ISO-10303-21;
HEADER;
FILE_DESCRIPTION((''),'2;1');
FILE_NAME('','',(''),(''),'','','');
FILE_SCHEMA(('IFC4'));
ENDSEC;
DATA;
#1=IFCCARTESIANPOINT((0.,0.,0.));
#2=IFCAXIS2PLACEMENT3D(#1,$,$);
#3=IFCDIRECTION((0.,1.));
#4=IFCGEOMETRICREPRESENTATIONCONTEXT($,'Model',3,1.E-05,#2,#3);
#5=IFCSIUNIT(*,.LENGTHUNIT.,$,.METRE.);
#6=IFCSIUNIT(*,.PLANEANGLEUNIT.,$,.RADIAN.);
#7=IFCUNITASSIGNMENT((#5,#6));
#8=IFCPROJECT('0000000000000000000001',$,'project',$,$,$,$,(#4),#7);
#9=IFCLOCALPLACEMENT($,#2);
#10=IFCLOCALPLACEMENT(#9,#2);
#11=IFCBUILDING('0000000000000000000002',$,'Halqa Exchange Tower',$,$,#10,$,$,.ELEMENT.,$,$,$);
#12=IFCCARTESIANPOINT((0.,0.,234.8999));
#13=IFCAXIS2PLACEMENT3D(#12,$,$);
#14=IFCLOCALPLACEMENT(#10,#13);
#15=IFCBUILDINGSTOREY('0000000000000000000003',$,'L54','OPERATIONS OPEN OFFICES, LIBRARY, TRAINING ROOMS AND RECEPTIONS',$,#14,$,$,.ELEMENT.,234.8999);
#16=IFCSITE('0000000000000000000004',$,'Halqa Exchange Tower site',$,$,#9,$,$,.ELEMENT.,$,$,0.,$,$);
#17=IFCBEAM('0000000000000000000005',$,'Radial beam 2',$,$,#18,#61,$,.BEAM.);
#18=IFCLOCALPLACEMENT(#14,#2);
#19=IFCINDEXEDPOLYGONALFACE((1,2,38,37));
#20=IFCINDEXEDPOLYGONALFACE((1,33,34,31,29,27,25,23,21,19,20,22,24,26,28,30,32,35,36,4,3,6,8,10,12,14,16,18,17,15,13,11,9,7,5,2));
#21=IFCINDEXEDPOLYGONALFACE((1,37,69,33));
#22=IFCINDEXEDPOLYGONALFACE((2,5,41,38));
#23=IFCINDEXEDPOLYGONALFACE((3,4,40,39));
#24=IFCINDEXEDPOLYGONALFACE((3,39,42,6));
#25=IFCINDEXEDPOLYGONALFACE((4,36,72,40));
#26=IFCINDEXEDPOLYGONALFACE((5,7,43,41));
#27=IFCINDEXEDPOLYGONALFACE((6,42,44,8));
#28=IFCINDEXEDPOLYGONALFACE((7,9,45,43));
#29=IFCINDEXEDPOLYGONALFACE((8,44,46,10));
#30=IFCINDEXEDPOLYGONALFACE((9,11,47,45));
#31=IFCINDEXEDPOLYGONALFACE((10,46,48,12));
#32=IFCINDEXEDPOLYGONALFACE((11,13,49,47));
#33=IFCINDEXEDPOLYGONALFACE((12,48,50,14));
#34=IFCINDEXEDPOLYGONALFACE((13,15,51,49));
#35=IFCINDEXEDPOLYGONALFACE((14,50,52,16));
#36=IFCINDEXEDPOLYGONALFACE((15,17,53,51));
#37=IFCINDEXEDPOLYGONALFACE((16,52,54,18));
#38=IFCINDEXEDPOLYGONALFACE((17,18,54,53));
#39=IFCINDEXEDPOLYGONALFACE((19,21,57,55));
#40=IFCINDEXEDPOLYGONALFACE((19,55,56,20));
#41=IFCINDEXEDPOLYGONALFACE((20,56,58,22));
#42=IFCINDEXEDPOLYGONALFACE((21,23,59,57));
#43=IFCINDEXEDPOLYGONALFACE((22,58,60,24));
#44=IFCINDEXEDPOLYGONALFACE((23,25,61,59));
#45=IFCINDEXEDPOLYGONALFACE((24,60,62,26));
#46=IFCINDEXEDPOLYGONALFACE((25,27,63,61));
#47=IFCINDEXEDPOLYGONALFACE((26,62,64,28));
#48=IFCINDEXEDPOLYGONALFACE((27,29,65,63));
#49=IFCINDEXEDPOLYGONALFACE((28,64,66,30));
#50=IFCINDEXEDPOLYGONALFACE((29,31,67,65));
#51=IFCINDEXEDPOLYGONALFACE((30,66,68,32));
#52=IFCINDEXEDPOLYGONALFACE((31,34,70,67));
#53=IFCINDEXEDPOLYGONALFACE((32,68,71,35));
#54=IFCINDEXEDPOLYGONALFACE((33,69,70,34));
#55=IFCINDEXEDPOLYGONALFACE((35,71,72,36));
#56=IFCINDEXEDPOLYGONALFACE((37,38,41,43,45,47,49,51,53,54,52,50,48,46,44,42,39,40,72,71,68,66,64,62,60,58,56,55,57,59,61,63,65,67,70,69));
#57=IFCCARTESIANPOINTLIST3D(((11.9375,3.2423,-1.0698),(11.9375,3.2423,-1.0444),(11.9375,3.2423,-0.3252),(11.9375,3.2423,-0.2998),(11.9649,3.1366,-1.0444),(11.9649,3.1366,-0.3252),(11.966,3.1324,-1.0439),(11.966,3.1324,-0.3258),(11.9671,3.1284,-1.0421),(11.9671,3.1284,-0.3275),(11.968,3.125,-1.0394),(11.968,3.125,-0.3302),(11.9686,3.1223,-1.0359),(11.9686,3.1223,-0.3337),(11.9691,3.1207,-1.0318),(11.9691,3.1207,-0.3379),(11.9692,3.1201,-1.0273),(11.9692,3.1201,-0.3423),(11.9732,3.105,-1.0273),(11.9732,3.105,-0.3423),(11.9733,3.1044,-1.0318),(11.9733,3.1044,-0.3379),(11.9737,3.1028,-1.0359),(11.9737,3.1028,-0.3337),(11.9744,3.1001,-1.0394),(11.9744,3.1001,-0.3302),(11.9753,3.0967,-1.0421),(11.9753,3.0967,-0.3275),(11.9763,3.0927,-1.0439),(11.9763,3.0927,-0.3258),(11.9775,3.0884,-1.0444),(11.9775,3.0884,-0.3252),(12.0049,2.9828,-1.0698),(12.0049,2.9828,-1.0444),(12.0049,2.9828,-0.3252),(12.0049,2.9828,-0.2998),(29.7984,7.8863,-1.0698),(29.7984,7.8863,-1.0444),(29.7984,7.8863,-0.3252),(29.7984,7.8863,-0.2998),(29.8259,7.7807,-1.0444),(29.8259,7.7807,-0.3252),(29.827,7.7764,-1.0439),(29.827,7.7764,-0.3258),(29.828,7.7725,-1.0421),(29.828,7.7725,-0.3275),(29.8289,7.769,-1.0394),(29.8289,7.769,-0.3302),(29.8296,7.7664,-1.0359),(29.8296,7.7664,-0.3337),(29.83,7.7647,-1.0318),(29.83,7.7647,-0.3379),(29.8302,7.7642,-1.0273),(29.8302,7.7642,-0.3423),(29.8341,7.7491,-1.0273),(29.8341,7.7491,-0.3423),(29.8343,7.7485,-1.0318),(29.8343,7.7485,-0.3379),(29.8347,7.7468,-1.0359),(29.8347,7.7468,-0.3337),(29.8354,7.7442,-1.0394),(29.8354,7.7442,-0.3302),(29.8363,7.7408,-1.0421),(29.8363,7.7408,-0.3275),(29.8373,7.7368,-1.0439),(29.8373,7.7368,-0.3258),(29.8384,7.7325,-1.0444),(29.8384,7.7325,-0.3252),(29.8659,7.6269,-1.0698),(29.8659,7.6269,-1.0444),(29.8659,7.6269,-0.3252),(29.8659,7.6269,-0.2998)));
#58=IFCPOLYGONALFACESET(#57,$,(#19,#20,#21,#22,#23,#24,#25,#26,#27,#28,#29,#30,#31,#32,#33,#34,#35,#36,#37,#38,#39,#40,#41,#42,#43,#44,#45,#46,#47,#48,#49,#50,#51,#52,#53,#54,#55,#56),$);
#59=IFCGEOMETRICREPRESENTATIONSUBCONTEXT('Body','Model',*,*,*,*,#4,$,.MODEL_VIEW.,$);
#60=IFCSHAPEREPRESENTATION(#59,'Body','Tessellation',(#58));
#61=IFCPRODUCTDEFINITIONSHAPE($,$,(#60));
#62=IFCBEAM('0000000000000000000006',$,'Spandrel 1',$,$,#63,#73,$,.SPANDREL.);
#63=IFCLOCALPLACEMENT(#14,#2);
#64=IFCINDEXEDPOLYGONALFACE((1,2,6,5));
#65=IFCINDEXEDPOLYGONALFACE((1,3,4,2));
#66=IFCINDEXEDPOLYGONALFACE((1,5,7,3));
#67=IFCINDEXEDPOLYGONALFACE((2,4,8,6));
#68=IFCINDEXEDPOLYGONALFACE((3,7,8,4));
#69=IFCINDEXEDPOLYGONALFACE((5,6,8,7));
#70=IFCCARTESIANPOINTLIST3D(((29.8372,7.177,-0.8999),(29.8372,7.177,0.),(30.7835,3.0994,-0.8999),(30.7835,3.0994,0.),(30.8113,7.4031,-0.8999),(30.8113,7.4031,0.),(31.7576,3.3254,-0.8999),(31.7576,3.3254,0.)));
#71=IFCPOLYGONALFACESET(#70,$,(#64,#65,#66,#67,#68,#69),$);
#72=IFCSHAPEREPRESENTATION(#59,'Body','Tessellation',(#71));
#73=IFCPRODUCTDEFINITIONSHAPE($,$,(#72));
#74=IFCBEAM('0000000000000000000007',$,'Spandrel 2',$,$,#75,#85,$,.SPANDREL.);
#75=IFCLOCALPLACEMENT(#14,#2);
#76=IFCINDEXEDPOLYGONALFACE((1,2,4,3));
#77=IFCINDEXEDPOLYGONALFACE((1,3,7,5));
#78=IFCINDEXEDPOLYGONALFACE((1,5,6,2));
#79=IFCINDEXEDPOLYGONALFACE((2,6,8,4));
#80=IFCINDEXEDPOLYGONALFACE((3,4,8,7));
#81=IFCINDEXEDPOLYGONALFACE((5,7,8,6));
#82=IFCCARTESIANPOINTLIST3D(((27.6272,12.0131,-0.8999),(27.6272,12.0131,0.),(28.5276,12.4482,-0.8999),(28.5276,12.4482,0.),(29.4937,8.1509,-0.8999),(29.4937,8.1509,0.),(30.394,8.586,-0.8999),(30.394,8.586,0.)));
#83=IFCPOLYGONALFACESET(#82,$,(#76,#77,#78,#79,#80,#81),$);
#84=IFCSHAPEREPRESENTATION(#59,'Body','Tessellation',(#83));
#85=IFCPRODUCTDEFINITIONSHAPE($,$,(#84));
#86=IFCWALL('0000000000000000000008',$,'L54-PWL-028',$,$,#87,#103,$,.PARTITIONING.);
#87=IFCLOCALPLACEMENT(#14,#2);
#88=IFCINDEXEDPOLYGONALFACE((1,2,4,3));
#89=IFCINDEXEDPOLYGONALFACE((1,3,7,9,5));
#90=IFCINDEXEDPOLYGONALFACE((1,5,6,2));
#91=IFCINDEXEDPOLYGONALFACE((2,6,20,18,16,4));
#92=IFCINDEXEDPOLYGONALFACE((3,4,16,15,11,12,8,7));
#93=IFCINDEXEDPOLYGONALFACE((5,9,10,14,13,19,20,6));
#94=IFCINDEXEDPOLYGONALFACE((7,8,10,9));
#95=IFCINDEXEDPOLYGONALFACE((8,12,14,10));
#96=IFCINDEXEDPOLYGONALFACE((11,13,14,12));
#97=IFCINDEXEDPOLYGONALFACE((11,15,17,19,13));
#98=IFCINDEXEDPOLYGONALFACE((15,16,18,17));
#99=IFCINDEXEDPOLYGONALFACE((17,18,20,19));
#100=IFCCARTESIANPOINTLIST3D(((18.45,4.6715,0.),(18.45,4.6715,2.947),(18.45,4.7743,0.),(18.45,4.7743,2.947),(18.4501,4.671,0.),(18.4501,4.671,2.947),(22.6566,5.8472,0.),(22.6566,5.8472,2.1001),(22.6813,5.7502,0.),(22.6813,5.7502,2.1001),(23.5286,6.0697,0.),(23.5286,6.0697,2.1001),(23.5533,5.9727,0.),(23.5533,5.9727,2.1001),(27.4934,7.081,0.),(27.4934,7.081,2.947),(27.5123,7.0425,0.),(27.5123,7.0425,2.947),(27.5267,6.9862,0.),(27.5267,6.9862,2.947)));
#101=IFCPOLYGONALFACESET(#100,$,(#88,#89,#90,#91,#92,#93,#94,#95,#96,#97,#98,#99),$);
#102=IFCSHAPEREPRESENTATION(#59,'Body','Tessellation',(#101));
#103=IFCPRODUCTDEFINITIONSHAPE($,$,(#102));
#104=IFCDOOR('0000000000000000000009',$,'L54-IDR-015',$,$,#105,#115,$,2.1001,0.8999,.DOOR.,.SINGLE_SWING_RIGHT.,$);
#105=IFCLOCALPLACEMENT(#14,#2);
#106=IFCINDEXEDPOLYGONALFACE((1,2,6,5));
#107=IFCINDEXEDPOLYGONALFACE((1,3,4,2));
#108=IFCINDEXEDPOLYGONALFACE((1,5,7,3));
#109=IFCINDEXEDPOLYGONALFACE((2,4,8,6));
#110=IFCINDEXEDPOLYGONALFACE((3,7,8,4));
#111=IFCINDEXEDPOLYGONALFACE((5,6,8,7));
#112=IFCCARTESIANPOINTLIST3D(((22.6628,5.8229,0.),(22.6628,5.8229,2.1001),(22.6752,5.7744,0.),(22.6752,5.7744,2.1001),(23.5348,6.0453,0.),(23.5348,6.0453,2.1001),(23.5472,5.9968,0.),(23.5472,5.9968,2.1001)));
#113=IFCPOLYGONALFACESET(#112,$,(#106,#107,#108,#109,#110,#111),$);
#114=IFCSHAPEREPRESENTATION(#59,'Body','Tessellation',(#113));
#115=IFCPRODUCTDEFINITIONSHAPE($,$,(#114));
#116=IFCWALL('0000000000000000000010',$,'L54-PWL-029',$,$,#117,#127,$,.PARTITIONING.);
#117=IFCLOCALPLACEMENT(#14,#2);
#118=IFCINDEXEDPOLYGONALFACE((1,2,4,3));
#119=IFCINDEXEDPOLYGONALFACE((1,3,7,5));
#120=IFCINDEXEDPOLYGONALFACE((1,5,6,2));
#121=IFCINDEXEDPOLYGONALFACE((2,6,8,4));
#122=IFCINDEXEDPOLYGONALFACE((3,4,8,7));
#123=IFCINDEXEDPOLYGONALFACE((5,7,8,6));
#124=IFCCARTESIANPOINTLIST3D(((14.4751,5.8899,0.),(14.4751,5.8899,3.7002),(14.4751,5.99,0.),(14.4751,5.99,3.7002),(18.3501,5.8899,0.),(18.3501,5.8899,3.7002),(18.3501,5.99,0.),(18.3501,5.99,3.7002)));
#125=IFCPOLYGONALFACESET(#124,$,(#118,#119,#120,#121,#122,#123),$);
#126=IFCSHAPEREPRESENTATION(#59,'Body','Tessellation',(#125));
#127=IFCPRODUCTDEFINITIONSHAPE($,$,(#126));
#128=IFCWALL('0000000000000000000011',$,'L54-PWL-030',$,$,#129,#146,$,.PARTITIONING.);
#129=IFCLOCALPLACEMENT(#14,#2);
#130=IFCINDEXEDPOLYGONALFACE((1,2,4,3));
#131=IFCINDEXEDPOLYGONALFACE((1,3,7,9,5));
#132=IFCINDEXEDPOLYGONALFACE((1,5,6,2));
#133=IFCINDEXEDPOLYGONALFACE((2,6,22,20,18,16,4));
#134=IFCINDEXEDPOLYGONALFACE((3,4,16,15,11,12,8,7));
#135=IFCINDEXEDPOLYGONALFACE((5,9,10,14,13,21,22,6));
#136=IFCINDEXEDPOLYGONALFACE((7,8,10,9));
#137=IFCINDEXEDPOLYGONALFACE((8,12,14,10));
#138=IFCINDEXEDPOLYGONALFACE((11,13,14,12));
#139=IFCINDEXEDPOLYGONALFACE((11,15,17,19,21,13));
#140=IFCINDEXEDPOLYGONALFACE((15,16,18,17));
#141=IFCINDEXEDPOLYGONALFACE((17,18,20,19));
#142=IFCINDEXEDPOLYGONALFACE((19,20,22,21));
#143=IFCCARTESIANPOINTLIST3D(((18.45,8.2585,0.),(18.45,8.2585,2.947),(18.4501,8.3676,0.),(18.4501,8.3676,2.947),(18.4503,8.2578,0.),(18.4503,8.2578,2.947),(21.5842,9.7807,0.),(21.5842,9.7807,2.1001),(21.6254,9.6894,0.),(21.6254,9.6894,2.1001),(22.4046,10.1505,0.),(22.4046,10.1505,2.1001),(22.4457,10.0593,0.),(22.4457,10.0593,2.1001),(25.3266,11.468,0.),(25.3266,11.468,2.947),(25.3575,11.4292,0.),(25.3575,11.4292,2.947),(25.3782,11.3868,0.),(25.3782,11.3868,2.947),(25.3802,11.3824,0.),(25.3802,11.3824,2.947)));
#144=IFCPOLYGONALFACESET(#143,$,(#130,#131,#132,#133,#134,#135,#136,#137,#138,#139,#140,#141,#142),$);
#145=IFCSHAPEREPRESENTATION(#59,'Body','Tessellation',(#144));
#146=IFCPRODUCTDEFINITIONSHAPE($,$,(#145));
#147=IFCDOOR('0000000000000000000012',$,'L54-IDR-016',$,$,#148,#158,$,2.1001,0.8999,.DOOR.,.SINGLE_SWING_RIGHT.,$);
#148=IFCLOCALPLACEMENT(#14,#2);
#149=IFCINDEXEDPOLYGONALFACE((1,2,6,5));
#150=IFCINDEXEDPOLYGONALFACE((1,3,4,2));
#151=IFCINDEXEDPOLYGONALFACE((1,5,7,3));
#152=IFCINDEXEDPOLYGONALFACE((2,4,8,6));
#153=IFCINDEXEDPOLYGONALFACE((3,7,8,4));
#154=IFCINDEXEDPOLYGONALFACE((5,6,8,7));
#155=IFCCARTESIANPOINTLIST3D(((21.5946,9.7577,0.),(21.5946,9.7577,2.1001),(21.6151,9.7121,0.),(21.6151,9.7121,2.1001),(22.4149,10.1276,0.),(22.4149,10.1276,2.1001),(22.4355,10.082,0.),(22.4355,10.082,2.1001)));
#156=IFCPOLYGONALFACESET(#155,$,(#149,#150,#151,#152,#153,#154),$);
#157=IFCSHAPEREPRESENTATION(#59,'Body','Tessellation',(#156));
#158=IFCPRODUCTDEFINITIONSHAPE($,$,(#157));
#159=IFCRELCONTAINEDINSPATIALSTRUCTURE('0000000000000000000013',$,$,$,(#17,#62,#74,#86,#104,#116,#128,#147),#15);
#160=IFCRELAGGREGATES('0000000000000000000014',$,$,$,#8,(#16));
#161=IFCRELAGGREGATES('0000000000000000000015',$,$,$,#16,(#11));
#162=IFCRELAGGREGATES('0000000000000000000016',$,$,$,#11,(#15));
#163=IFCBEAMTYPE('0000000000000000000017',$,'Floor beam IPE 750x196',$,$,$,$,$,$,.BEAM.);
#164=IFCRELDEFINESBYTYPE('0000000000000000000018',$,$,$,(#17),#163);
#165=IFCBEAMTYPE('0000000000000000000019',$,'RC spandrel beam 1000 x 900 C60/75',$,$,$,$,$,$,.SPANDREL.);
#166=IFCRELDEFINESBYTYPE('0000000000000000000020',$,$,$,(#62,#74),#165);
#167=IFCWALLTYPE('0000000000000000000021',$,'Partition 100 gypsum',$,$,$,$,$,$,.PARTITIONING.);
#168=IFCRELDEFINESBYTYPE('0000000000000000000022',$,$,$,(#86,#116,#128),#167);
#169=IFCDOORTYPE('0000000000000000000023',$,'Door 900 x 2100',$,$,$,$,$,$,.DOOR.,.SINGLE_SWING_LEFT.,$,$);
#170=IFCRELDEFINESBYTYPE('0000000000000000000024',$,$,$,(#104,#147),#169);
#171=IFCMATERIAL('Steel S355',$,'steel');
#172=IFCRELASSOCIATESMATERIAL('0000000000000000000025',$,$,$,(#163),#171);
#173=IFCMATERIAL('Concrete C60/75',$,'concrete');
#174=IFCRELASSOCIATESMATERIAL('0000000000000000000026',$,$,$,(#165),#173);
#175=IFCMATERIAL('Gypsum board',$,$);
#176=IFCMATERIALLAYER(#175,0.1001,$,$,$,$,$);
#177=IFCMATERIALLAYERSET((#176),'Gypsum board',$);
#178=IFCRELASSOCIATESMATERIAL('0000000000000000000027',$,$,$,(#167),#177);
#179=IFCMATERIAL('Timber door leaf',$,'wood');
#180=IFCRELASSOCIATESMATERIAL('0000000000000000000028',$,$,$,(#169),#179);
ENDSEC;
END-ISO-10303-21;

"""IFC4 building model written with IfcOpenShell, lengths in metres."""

from ifc_helpers import new_model, si_unit, direction, frame, frame_2d, origin, origin_2d, place, context, subcontext, project, spatial, polyline, rectangle, i_section, outline, extrude, material, layer, layer_set, material_profile, profile_set, type_object, element, fill, save


model = new_model("IFC4")

# Units and contexts
model_context = context("Model", 3, precision=1e-05, world=origin(), true_north=direction((0.0, 1.0)))
body_context = subcontext(model_context, "Body", "Model", "MODEL_VIEW")
ifc_project = project(units=[si_unit("LENGTHUNIT", "METRE"), si_unit("PLANEANGLEUNIT", "RADIAN")], contexts=[model_context])

# Site, building, storey
site_placement = place(None, origin())
site = spatial("IfcSite", under=ifc_project, at=site_placement, Name="Halqa Exchange Tower site", CompositionType="ELEMENT", RefElevation=0.0)
building_placement = place(site_placement, origin())
building = spatial("IfcBuilding", under=site, at=building_placement, Name="Halqa Exchange Tower", CompositionType="ELEMENT")
storey_placement = place(building_placement, frame((0.0, 0.0, 234.8999)))
storey = spatial("IfcBuildingStorey", under=building, at=storey_placement, Name="L54", Description="OPERATIONS OPEN OFFICES, LIBRARY, TRAINING ROOMS AND RECEPTIONS", CompositionType="ELEMENT", Elevation=234.8999)

# Shared definitions
ifc_material_1 = material(Name="Concrete C60/75", Category="concrete")

# Beams
ifc_material_2 = material(Name="Steel S355", Category="steel")
ifc_material_profile_1 = material_profile(ifc_material_2, i_section(OverallWidth=0.2681, OverallDepth=0.77, WebThickness=0.0156, FlangeThickness=0.0254, FilletRadius=0.0171, at=origin_2d()), Name="IPE 750x196")
ifc_profile_set_1 = profile_set([ifc_material_profile_1], Name="Steel S355")
beam_type_1 = type_object("IfcBeamType", Name="Floor beam IPE 750x196", PredefinedType="BEAM", material=ifc_profile_set_1)
beam_1_placement = place(storey_placement, frame((11.9712, 3.1125, -0.6848), z_axis=(0.96782, 0.251645, 0.0), x_axis=(-0.251645, 0.96782, 0.0)))
element("IfcBeam", 1, at=beam_1_placement, inside=storey, type_object=beam_type_1, Name="Radial beam 2", PredefinedType="BEAM", context=body_context, shape_type="SweptSolid", body=[
    extrude(i_section(OverallWidth=0.2681, OverallDepth=0.77, WebThickness=0.0156, FlangeThickness=0.0254, FilletRadius=0.0171, at=origin_2d()), origin(), (0.0, 0.0, 1.0), 18.4548),
])
ifc_material_profile_2 = material_profile(ifc_material_1, rectangle(XDim=1.0, YDim=0.8999, at=origin_2d()), Name="1000 x 900")
ifc_profile_set_2 = profile_set([ifc_material_profile_2], Name="Concrete C60/75")
beam_type_2 = type_object("IfcBeamType", Name="RC spandrel beam 1000 x 900 C60/75", PredefinedType="SPANDREL", material=ifc_profile_set_2)
beam_2_placement = place(storey_placement, frame((31.2705, 3.2124, -0.45), z_axis=(-0.226061, 0.974113, 0.0), x_axis=(-0.974113, -0.226061, 0.0)))
element("IfcBeam", 2, at=beam_2_placement, inside=storey, type_object=beam_type_2, Name="Spandrel 1", PredefinedType="SPANDREL", context=body_context, shape_type="SweptSolid", body=[
    extrude(rectangle(XDim=1.0, YDim=0.8999, at=origin_2d()), origin(), (0.0, 0.0, 1.0), 4.186),
])
beam_3_placement = place(storey_placement, frame((29.9438, 8.3684, -0.45), z_axis=(-0.435107, 0.900379, 0.0), x_axis=(-0.900379, -0.435107, 0.0)))
element("IfcBeam", 3, at=beam_3_placement, inside=storey, type_object=beam_type_2, Name="Spandrel 2", PredefinedType="SPANDREL", context=body_context, shape_type="SweptSolid", body=[
    extrude(rectangle(XDim=1.0, YDim=0.8999, at=origin_2d()), origin(), (0.0, 0.0, 1.0), 4.2896),
])

# Wall, opening, door
ifc_material_3 = material(Name="Gypsum board")
ifc_layer_1 = layer(ifc_material_3, 0.1001)
ifc_layer_set_1 = layer_set([ifc_layer_1], Name="Gypsum board")
wall_type_1 = type_object("IfcWallType", Name="Partition 100 gypsum", PredefinedType="PARTITIONING", material=ifc_layer_set_1)
wall_1_placement = place(storey_placement, frame((18.4377, 4.7195, 0.0), z_axis=(0.0, 0.0, 1.0), x_axis=(0.968976, 0.247157, 0.0)))
wall_1 = element("IfcWall", 4, at=wall_1_placement, inside=storey, type_object=wall_type_1, Name="L54-PWL-028", PredefinedType="PARTITIONING", context=body_context, shape_type="SweptSolid", body=[
    extrude(outline(polyline([(9.3672, -0.05), (9.3672, 0.0081), (9.3584, 0.05), (7.4917, 0.05), (5.6252, 0.05), (3.7585, 0.05), (1.8921, 0.05), (0.0254, 0.05), (0.0, -0.0496), (0.0, -0.05), (1.8735, -0.05), (3.7468, -0.05), (5.6204, -0.05), (7.4937, -0.05), (9.3672, -0.05)])), origin(), (0.0, 0.0, 1.0), 2.947),
])
opening_1_placement = place(wall_1_placement, frame((4.3667, 0.0, 0.0)))
opening_1 = element("IfcOpeningElement", 5, at=opening_1_placement, cuts=wall_1, PredefinedType="OPENING", context=body_context, shape_type="SweptSolid", body=[
    extrude(rectangle(XDim=0.8999, YDim=2.1001, at=frame_2d((0.45, 1.05))), frame((0.0, 0.062, 0.0), z_axis=(0.0, -1.0, 0.0), x_axis=(1.0, 0.0, 0.0)), (0.0, 0.0, 1.0), 0.124),
])
ifc_material_4 = material(Name="Timber door leaf", Category="wood")
door_type_1 = type_object("IfcDoorType", Name="Door 900 x 2100", OperationType="SINGLE_SWING_LEFT", PredefinedType="DOOR", material=ifc_material_4)
door_1_placement = place(opening_1_placement, origin())
door_1 = element("IfcDoor", 6, at=door_1_placement, inside=storey, type_object=door_type_1, Name="L54-IDR-015", OperationType="SINGLE_SWING_RIGHT", OverallHeight=2.1001, OverallWidth=0.8999, PredefinedType="DOOR", context=body_context, shape_type="SweptSolid", body=[
    extrude(rectangle(XDim=0.8999, YDim=2.1001, at=frame_2d((0.45, 1.05))), frame((0.0, 0.0249, 0.0), z_axis=(0.0, -1.0, 0.0), x_axis=(1.0, 0.0, 0.0)), (0.0, 0.0, 1.0), 0.05),
])
fill(opening_1, door_1)

# Wall
wall_2_placement = place(storey_placement, frame((18.3501, 5.9399, 0.0), z_axis=(0.0, 0.0, 1.0), x_axis=(-1.0, 0.0, 0.0)))
element("IfcWall", 7, at=wall_2_placement, inside=storey, type_object=wall_type_1, Name="L54-PWL-029", PredefinedType="PARTITIONING", context=body_context, shape_type="SweptSolid", body=[
    extrude(rectangle(XDim=3.875, YDim=0.1001, at=frame_2d((1.9375, 0.0))), origin(), (0.0, 0.0, 1.0), 3.7002),
])

# Wall, opening, door
wall_3_placement = place(storey_placement, frame((18.4297, 8.3035, 0.0), z_axis=(0.0, 0.0, 1.0), x_axis=(0.911624, 0.411026, 0.0)))
wall_3 = element("IfcWall", 8, at=wall_3_placement, inside=storey, type_object=wall_type_1, Name="L54-PWL-030", PredefinedType="PARTITIONING", context=body_context, shape_type="SweptSolid", body=[
    extrude(outline(polyline([(7.6018, -0.05), (7.6018, -0.0452), (7.6003, 0.002), (7.5881, 0.05), (5.7024, 0.05), (3.8164, 0.05), (1.9307, 0.05), (0.0449, 0.05), (0.0, -0.0493), (0.0, -0.05), (1.9004, -0.05), (3.8008, -0.05), (5.7014, -0.05), (7.6018, -0.05)])), origin(), (0.0, 0.0, 1.0), 2.947),
])
opening_2_placement = place(wall_3_placement, frame((3.4829, 0.0, 0.0)))
opening_2 = element("IfcOpeningElement", 9, at=opening_2_placement, cuts=wall_3, PredefinedType="OPENING", context=body_context, shape_type="SweptSolid", body=[
    extrude(rectangle(XDim=0.8999, YDim=2.1001, at=frame_2d((0.45, 1.05))), frame((0.0, 0.062, 0.0), z_axis=(0.0, -1.0, 0.0), x_axis=(1.0, 0.0, 0.0)), (0.0, 0.0, 1.0), 0.124),
])
door_2_placement = place(opening_2_placement, origin())
door_2 = element("IfcDoor", 10, at=door_2_placement, inside=storey, type_object=door_type_1, Name="L54-IDR-016", OperationType="SINGLE_SWING_RIGHT", OverallHeight=2.1001, OverallWidth=0.8999, PredefinedType="DOOR", context=body_context, shape_type="SweptSolid", body=[
    extrude(rectangle(XDim=0.8999, YDim=2.1001, at=frame_2d((0.45, 1.05))), frame((0.0, 0.0249, 0.0), z_axis=(0.0, -1.0, 0.0), x_axis=(1.0, 0.0, 0.0)), (0.0, 0.0, 1.0), 0.05),
])
fill(opening_2, door_2)

save(model, "model.ifc")
